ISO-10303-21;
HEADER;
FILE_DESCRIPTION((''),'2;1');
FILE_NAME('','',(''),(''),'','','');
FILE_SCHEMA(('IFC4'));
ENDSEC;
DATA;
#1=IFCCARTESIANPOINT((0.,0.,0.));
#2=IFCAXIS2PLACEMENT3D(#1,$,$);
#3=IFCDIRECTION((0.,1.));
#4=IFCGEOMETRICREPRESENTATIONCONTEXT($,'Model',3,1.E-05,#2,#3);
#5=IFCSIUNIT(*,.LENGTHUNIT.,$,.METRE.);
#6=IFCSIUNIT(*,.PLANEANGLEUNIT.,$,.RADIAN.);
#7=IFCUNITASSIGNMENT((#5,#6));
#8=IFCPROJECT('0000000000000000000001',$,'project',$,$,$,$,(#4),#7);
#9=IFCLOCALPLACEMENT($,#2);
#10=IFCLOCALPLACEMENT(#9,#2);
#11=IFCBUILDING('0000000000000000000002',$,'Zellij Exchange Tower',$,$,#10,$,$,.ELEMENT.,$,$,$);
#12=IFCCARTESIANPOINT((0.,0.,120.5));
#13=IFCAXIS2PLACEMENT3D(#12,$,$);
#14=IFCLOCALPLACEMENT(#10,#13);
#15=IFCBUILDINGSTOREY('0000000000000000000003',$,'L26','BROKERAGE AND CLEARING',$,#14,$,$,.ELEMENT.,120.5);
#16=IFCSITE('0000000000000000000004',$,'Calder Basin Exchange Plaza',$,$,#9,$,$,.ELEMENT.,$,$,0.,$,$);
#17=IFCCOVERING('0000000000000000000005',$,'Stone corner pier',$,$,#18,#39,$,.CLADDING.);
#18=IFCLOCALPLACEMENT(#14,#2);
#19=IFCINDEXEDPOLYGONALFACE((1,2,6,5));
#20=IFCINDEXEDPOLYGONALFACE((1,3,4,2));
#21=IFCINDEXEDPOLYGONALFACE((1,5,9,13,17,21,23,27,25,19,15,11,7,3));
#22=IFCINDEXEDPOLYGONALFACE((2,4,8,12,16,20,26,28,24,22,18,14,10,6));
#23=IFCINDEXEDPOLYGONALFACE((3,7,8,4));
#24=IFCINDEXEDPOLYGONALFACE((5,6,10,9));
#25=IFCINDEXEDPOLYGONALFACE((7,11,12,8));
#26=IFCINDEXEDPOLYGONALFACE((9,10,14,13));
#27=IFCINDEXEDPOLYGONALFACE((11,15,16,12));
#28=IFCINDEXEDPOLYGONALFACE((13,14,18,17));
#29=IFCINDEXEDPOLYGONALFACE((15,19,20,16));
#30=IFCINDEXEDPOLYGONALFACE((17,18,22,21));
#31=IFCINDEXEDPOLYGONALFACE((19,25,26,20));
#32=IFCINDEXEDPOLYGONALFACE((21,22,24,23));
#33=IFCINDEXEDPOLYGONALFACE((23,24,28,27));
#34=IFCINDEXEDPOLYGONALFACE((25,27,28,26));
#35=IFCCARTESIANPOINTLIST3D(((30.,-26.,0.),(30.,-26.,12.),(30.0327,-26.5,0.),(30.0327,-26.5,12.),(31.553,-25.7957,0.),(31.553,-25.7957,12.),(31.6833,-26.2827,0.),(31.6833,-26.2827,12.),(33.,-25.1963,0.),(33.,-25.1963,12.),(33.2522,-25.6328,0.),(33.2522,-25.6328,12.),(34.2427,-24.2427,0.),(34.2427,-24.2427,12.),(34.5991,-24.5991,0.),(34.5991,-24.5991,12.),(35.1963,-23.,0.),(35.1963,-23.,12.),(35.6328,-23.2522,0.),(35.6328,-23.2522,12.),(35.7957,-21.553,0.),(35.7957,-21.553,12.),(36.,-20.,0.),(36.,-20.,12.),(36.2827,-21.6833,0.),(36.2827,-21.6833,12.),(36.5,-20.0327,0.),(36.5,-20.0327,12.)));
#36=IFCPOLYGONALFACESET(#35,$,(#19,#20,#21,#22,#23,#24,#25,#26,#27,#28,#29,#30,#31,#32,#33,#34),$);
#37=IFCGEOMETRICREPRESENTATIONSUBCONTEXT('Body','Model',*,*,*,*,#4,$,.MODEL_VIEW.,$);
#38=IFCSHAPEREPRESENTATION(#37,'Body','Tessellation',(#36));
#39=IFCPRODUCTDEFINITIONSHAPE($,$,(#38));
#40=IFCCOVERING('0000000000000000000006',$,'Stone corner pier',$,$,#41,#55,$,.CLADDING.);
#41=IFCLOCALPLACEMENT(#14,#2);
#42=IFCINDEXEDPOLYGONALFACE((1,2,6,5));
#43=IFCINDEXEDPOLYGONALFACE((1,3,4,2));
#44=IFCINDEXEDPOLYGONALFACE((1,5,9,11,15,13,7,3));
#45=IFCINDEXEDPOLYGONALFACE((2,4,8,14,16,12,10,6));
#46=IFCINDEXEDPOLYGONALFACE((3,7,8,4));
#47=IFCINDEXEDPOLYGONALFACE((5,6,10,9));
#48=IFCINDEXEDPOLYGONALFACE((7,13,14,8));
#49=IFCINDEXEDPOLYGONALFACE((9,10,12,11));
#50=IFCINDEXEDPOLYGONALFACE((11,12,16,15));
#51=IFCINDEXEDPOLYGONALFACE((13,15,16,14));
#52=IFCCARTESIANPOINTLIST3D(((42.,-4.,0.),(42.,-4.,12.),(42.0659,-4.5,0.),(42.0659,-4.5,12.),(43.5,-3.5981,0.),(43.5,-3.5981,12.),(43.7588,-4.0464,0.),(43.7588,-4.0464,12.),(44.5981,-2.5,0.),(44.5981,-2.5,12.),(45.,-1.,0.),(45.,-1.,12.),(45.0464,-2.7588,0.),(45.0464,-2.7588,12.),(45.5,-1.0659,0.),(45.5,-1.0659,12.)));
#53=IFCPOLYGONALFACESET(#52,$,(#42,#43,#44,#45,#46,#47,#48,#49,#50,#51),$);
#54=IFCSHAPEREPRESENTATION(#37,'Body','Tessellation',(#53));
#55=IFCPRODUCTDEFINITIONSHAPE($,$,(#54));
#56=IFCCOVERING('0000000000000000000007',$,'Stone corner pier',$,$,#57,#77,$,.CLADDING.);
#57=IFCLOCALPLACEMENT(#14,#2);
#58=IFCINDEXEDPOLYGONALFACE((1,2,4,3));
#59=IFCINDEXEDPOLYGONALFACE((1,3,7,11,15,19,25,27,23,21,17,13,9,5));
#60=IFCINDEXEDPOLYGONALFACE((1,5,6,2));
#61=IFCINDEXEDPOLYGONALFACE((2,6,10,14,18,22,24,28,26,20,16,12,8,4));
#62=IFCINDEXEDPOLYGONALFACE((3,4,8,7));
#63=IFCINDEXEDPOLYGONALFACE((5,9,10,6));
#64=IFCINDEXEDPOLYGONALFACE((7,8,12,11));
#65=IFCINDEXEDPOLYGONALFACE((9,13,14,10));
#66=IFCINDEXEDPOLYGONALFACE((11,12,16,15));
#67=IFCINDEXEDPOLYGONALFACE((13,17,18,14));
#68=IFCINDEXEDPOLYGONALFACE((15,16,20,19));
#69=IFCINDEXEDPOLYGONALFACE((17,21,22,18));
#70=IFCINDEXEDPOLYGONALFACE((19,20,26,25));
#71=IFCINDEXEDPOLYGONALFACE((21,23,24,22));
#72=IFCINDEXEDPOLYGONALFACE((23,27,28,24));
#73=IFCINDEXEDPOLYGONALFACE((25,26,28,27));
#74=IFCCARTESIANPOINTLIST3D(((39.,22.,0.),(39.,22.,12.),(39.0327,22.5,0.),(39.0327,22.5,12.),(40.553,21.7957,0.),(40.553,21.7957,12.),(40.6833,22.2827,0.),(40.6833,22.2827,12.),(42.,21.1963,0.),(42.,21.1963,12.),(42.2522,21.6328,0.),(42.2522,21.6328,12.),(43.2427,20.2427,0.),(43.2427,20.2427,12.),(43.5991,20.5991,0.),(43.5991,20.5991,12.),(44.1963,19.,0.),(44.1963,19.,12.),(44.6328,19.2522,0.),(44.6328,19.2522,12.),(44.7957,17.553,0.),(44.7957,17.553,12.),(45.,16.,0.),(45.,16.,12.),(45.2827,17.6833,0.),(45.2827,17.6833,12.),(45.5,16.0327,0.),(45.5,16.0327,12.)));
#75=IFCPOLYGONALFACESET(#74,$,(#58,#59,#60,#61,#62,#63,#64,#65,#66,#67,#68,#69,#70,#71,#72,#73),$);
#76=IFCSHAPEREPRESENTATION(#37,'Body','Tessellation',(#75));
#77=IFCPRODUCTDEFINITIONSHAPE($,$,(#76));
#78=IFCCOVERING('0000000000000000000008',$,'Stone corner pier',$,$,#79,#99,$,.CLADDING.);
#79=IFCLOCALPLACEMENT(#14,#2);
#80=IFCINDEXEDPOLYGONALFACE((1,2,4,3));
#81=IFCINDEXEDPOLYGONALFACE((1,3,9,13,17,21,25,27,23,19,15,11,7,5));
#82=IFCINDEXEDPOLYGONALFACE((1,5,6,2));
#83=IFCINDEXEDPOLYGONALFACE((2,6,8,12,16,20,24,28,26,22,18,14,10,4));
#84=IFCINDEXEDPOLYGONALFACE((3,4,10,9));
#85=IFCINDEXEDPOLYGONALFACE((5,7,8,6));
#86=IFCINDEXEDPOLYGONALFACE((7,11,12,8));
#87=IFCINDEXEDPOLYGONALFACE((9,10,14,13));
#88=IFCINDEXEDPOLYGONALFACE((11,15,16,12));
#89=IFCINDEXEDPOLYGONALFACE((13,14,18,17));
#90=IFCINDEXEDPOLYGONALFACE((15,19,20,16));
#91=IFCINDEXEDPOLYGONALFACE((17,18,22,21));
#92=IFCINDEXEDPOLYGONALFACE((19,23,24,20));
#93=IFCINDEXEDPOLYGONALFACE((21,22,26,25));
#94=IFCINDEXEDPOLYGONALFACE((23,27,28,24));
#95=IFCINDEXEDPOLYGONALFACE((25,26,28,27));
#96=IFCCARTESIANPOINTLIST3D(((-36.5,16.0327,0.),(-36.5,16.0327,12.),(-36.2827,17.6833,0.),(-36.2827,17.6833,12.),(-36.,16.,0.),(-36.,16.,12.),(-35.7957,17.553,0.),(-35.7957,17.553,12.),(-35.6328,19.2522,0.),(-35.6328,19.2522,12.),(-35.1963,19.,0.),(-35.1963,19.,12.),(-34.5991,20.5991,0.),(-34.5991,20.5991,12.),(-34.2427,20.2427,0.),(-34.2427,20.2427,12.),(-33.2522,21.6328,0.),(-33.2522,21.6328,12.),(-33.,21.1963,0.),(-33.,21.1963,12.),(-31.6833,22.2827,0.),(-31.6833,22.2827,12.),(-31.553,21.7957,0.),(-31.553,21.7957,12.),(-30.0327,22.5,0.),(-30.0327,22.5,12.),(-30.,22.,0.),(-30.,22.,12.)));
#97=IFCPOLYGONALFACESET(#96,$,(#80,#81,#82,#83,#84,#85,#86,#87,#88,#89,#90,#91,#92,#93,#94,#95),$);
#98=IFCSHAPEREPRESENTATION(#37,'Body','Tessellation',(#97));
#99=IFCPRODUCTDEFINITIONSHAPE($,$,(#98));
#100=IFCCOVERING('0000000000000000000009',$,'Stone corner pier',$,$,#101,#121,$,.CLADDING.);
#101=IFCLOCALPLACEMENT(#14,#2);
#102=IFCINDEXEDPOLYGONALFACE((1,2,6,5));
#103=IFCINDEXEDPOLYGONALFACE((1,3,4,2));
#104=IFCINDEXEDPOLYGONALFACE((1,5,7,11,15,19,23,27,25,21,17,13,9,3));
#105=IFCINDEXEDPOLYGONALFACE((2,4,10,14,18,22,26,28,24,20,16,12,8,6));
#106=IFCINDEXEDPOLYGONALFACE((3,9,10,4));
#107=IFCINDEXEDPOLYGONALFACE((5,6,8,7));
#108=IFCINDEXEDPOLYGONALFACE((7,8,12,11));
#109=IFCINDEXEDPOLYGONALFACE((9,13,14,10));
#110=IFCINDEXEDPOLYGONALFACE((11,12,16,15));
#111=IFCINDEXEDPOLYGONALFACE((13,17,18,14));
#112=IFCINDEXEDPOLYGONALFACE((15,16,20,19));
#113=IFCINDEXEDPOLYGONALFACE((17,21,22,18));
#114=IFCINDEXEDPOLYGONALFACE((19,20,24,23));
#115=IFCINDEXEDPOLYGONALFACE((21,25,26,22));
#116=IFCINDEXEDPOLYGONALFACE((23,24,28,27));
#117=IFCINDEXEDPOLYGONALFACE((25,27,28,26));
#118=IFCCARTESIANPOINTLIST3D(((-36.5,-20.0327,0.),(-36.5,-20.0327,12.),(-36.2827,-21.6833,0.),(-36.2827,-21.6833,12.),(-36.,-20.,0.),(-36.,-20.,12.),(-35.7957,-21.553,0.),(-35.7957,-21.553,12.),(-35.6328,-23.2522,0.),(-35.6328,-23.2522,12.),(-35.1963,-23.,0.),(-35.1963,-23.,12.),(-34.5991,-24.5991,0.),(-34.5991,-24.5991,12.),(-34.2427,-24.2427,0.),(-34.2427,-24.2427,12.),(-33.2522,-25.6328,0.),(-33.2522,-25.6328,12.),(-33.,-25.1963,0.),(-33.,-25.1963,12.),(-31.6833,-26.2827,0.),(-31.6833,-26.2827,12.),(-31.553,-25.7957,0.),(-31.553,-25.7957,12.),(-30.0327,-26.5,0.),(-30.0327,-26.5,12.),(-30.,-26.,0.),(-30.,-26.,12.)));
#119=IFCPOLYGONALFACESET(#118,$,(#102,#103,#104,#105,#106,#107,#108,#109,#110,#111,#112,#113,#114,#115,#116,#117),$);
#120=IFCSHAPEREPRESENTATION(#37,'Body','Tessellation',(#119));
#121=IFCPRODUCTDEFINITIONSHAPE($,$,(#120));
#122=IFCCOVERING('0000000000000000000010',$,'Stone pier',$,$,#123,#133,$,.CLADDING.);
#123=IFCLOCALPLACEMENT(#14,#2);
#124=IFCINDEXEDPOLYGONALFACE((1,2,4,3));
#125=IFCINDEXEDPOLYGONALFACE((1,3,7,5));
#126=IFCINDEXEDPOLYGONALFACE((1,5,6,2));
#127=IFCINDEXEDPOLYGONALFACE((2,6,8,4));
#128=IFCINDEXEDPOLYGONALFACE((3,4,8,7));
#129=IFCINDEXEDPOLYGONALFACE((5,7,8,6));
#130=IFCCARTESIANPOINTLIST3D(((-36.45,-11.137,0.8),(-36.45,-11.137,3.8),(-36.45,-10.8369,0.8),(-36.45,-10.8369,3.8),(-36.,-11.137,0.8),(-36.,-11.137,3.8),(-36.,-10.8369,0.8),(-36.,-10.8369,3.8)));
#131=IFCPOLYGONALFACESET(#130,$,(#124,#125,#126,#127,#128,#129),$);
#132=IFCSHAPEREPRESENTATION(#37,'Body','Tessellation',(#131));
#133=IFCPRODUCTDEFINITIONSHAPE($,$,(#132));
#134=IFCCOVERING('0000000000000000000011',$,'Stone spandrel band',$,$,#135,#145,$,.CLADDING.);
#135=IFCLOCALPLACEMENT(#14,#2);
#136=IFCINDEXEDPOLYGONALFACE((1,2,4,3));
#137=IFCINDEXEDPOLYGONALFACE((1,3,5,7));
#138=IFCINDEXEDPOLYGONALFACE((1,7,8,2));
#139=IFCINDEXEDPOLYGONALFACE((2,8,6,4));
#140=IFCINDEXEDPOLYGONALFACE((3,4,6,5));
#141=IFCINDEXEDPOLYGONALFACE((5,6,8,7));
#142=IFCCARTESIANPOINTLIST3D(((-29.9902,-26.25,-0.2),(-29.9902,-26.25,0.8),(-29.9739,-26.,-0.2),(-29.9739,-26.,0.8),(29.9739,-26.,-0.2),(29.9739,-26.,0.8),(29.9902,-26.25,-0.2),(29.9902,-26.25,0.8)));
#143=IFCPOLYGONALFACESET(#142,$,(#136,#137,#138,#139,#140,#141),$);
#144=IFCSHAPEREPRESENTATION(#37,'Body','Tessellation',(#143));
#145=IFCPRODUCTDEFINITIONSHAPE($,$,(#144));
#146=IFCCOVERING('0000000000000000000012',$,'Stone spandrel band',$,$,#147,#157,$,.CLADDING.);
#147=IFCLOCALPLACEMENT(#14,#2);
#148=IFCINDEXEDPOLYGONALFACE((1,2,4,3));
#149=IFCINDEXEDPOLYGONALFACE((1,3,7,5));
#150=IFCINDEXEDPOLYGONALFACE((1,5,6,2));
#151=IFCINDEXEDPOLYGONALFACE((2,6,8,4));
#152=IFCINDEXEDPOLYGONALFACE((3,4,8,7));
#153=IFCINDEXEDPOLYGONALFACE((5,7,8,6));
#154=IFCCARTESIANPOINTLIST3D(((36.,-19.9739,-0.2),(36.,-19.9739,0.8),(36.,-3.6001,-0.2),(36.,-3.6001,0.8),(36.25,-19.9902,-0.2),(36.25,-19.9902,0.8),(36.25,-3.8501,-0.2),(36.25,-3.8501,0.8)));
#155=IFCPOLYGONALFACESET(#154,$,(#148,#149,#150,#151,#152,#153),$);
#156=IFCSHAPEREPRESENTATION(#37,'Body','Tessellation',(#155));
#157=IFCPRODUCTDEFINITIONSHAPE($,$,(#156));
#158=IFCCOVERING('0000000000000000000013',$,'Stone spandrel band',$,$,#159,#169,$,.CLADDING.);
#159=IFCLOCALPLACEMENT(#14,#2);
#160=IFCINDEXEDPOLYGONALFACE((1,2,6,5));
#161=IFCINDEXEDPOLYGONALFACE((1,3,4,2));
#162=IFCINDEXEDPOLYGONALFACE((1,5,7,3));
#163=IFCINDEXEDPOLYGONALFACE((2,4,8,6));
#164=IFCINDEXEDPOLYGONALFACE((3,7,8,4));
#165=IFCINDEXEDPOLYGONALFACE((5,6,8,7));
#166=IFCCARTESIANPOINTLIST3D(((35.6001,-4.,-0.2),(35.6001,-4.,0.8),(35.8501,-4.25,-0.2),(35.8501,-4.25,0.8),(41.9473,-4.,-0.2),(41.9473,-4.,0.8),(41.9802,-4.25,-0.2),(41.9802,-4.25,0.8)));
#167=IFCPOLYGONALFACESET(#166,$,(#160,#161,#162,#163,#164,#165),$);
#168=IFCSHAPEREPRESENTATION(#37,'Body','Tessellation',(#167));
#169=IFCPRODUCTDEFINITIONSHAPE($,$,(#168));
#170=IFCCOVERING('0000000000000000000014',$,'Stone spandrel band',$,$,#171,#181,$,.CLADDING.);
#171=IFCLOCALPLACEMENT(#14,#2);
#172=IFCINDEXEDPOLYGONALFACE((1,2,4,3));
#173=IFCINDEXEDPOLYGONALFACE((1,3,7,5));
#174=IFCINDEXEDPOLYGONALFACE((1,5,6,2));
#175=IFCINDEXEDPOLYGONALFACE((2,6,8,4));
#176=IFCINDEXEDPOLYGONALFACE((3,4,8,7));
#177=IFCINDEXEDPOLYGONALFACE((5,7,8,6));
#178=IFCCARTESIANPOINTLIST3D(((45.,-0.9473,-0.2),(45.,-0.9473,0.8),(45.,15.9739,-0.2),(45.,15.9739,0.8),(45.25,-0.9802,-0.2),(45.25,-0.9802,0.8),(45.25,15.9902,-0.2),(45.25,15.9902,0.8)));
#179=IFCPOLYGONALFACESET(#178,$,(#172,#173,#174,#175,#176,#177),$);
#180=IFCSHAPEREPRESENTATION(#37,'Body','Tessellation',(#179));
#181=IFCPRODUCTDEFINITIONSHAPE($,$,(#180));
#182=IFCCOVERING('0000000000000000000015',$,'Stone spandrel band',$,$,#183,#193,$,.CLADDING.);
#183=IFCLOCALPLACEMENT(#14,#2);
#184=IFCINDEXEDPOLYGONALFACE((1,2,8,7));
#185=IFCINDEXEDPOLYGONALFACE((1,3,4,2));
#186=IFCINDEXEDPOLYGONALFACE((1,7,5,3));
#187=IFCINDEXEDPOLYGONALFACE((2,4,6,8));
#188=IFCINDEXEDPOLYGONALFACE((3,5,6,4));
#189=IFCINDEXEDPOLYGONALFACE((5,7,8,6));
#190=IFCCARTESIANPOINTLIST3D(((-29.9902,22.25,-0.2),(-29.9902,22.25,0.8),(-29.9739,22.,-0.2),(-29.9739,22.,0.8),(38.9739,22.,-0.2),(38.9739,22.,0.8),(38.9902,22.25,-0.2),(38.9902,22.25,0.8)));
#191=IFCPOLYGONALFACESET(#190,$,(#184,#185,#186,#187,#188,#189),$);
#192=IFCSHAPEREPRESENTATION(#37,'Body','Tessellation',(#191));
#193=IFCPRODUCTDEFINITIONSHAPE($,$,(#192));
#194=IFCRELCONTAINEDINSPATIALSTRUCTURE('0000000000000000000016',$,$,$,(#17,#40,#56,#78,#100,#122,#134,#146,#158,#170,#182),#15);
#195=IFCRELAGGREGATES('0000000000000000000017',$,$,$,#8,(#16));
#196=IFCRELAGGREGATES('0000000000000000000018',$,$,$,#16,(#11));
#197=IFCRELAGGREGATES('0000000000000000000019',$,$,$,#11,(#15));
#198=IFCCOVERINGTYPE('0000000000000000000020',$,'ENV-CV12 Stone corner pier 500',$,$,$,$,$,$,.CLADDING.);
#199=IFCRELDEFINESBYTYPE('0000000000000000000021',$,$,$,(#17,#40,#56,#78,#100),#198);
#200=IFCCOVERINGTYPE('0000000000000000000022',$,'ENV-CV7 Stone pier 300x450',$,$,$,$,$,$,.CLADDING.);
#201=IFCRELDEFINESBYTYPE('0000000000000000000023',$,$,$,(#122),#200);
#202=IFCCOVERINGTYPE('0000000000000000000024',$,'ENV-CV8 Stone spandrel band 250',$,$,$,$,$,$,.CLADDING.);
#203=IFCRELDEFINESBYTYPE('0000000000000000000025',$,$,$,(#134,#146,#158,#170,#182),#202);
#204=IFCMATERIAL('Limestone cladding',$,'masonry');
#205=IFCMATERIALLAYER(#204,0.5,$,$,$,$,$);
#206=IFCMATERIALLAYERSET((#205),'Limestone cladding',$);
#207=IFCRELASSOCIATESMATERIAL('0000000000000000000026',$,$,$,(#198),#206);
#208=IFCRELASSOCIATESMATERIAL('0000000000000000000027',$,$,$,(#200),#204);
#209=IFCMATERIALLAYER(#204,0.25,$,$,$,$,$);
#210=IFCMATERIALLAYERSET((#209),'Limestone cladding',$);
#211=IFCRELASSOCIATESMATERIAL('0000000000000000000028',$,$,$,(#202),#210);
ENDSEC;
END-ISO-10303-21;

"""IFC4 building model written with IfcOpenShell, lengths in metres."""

from ifc_helpers import new_model, si_unit, direction, frame, origin, place, context, subcontext, project, spatial, polyline, outline, extrude, material, layer, layer_set, type_object, element, save


model = new_model("IFC4")

# Units and contexts
model_context = context("Model", 3, precision=1e-05, world=origin(), true_north=direction((0.0, 1.0)))
body_context = subcontext(model_context, "Body", "Model", "MODEL_VIEW")
ifc_project = project(units=[si_unit("LENGTHUNIT", "METRE"), si_unit("PLANEANGLEUNIT", "RADIAN")], contexts=[model_context])

# Site, building, storey
site_placement = place(None, origin())
site = spatial("IfcSite", under=ifc_project, at=site_placement, Name="Calder Basin Exchange Plaza", CompositionType="ELEMENT", RefElevation=0.0)
building_placement = place(site_placement, origin())
building = spatial("IfcBuilding", under=site, at=building_placement, Name="Zellij Exchange Tower", CompositionType="ELEMENT")
storey_placement = place(building_placement, frame((0.0, 0.0, 120.5)))
storey = spatial("IfcBuildingStorey", under=building, at=storey_placement, Name="L26", Description="BROKERAGE AND CLEARING", CompositionType="ELEMENT", Elevation=120.5)

# Coverings
ifc_material_1 = material(Name="Limestone cladding", Category="masonry")
ifc_layer_1 = layer(ifc_material_1, 0.5)
ifc_layer_set_1 = layer_set([ifc_layer_1], Name="Limestone cladding")
covering_type_1 = type_object("IfcCoveringType", Name="ENV-CV12 Stone corner pier 500", PredefinedType="CLADDING", material=ifc_layer_set_1)
covering_1_placement = place(storey_placement, origin())
element("IfcCovering", 1, at=covering_1_placement, inside=storey, type_object=covering_type_1, Name="Stone corner pier", PredefinedType="CLADDING", context=body_context, shape_type="SweptSolid", body=[
    extrude(outline(polyline([(30.0, -26.0), (31.553, -25.7957), (33.0, -25.1963), (34.2427, -24.2427), (35.1963, -23.0), (35.7957, -21.553), (36.0, -20.0), (36.5, -20.0327), (36.2827, -21.6833), (35.6328, -23.2522), (34.5991, -24.5991), (33.2522, -25.6328), (31.6833, -26.2827), (30.0327, -26.5), (30.0, -26.0)])), origin(), (0.0, 0.0, 1.0), 12.0),
])
covering_2_placement = place(storey_placement, origin())
element("IfcCovering", 2, at=covering_2_placement, inside=storey, type_object=covering_type_1, Name="Stone corner pier", PredefinedType="CLADDING", context=body_context, shape_type="SweptSolid", body=[
    extrude(outline(polyline([(42.0, -4.0), (43.5, -3.5981), (44.5981, -2.5), (45.0, -1.0), (45.5, -1.0659), (45.0464, -2.7588), (43.7588, -4.0464), (42.0659, -4.5), (42.0, -4.0)])), origin(), (0.0, 0.0, 1.0), 12.0),
])
covering_3_placement = place(storey_placement, origin())
element("IfcCovering", 3, at=covering_3_placement, inside=storey, type_object=covering_type_1, Name="Stone corner pier", PredefinedType="CLADDING", context=body_context, shape_type="SweptSolid", body=[
    extrude(outline(polyline([(45.0, 16.0), (44.7957, 17.553), (44.1963, 19.0), (43.2427, 20.2427), (42.0, 21.1963), (40.553, 21.7957), (39.0, 22.0), (39.0327, 22.5), (40.6833, 22.2827), (42.2522, 21.6328), (43.5991, 20.5991), (44.6328, 19.2522), (45.2827, 17.6833), (45.5, 16.0327), (45.0, 16.0)])), origin(), (0.0, 0.0, 1.0), 12.0),
])
covering_4_placement = place(storey_placement, origin())
element("IfcCovering", 4, at=covering_4_placement, inside=storey, type_object=covering_type_1, Name="Stone corner pier", PredefinedType="CLADDING", context=body_context, shape_type="SweptSolid", body=[
    extrude(outline(polyline([(-30.0, 22.0), (-31.553, 21.7957), (-33.0, 21.1963), (-34.2427, 20.2427), (-35.1963, 19.0), (-35.7957, 17.553), (-36.0, 16.0), (-36.5, 16.0327), (-36.2827, 17.6833), (-35.6328, 19.2522), (-34.5991, 20.5991), (-33.2522, 21.6328), (-31.6833, 22.2827), (-30.0327, 22.5), (-30.0, 22.0)])), origin(), (0.0, 0.0, 1.0), 12.0),
])
covering_5_placement = place(storey_placement, origin())
element("IfcCovering", 5, at=covering_5_placement, inside=storey, type_object=covering_type_1, Name="Stone corner pier", PredefinedType="CLADDING", context=body_context, shape_type="SweptSolid", body=[
    extrude(outline(polyline([(-36.0, -20.0), (-35.7957, -21.553), (-35.1963, -23.0), (-34.2427, -24.2427), (-33.0, -25.1963), (-31.553, -25.7957), (-30.0, -26.0), (-30.0327, -26.5), (-31.6833, -26.2827), (-33.2522, -25.6328), (-34.5991, -24.5991), (-35.6328, -23.2522), (-36.2827, -21.6833), (-36.5, -20.0327), (-36.0, -20.0)])), origin(), (0.0, 0.0, 1.0), 12.0),
])
covering_type_2 = type_object("IfcCoveringType", Name="ENV-CV7 Stone pier 300x450", PredefinedType="CLADDING", material=ifc_material_1)
covering_6_placement = place(storey_placement, frame((0.0, 0.0, 0.8)))
element("IfcCovering", 6, at=covering_6_placement, inside=storey, type_object=covering_type_2, Name="Stone pier", PredefinedType="CLADDING", context=body_context, shape_type="SweptSolid", body=[
    extrude(outline(polyline([(-36.0, -10.8369), (-36.0, -11.137), (-36.45, -11.137), (-36.45, -10.8369), (-36.0, -10.8369)])), origin(), (0.0, 0.0, 1.0), 3.0),
])
ifc_layer_2 = layer(ifc_material_1, 0.25)
ifc_layer_set_2 = layer_set([ifc_layer_2], Name="Limestone cladding")
covering_type_3 = type_object("IfcCoveringType", Name="ENV-CV8 Stone spandrel band 250", PredefinedType="CLADDING", material=ifc_layer_set_2)
covering_7_placement = place(storey_placement, frame((0.0, 0.0, -0.2)))
element("IfcCovering", 7, at=covering_7_placement, inside=storey, type_object=covering_type_3, Name="Stone spandrel band", PredefinedType="CLADDING", context=body_context, shape_type="SweptSolid", body=[
    extrude(outline(polyline([(-29.9739, -26.0), (29.9739, -26.0), (29.9902, -26.25), (-29.9902, -26.25), (-29.9739, -26.0)])), origin(), (0.0, 0.0, 1.0), 1.0),
])
covering_8_placement = place(storey_placement, frame((0.0, 0.0, -0.2)))
element("IfcCovering", 8, at=covering_8_placement, inside=storey, type_object=covering_type_3, Name="Stone spandrel band", PredefinedType="CLADDING", context=body_context, shape_type="SweptSolid", body=[
    extrude(outline(polyline([(36.0, -19.9739), (36.0, -3.6001), (36.25, -3.8501), (36.25, -19.9902), (36.0, -19.9739)])), origin(), (0.0, 0.0, 1.0), 1.0),
])
covering_9_placement = place(storey_placement, frame((0.0, 0.0, -0.2)))
element("IfcCovering", 9, at=covering_9_placement, inside=storey, type_object=covering_type_3, Name="Stone spandrel band", PredefinedType="CLADDING", context=body_context, shape_type="SweptSolid", body=[
    extrude(outline(polyline([(35.6001, -4.0), (41.9473, -4.0), (41.9802, -4.25), (35.8501, -4.25), (35.6001, -4.0)])), origin(), (0.0, 0.0, 1.0), 1.0),
])
covering_10_placement = place(storey_placement, frame((0.0, 0.0, -0.2)))
element("IfcCovering", 10, at=covering_10_placement, inside=storey, type_object=covering_type_3, Name="Stone spandrel band", PredefinedType="CLADDING", context=body_context, shape_type="SweptSolid", body=[
    extrude(outline(polyline([(45.0, -0.9473), (45.0, 15.9739), (45.25, 15.9902), (45.25, -0.9802), (45.0, -0.9473)])), origin(), (0.0, 0.0, 1.0), 1.0),
])
covering_11_placement = place(storey_placement, frame((0.0, 0.0, -0.2)))
element("IfcCovering", 11, at=covering_11_placement, inside=storey, type_object=covering_type_3, Name="Stone spandrel band", PredefinedType="CLADDING", context=body_context, shape_type="SweptSolid", body=[
    extrude(outline(polyline([(38.9739, 22.0), (-29.9739, 22.0), (-29.9902, 22.25), (38.9902, 22.25), (38.9739, 22.0)])), origin(), (0.0, 0.0, 1.0), 1.0),
])

save(model, "model.ifc")
